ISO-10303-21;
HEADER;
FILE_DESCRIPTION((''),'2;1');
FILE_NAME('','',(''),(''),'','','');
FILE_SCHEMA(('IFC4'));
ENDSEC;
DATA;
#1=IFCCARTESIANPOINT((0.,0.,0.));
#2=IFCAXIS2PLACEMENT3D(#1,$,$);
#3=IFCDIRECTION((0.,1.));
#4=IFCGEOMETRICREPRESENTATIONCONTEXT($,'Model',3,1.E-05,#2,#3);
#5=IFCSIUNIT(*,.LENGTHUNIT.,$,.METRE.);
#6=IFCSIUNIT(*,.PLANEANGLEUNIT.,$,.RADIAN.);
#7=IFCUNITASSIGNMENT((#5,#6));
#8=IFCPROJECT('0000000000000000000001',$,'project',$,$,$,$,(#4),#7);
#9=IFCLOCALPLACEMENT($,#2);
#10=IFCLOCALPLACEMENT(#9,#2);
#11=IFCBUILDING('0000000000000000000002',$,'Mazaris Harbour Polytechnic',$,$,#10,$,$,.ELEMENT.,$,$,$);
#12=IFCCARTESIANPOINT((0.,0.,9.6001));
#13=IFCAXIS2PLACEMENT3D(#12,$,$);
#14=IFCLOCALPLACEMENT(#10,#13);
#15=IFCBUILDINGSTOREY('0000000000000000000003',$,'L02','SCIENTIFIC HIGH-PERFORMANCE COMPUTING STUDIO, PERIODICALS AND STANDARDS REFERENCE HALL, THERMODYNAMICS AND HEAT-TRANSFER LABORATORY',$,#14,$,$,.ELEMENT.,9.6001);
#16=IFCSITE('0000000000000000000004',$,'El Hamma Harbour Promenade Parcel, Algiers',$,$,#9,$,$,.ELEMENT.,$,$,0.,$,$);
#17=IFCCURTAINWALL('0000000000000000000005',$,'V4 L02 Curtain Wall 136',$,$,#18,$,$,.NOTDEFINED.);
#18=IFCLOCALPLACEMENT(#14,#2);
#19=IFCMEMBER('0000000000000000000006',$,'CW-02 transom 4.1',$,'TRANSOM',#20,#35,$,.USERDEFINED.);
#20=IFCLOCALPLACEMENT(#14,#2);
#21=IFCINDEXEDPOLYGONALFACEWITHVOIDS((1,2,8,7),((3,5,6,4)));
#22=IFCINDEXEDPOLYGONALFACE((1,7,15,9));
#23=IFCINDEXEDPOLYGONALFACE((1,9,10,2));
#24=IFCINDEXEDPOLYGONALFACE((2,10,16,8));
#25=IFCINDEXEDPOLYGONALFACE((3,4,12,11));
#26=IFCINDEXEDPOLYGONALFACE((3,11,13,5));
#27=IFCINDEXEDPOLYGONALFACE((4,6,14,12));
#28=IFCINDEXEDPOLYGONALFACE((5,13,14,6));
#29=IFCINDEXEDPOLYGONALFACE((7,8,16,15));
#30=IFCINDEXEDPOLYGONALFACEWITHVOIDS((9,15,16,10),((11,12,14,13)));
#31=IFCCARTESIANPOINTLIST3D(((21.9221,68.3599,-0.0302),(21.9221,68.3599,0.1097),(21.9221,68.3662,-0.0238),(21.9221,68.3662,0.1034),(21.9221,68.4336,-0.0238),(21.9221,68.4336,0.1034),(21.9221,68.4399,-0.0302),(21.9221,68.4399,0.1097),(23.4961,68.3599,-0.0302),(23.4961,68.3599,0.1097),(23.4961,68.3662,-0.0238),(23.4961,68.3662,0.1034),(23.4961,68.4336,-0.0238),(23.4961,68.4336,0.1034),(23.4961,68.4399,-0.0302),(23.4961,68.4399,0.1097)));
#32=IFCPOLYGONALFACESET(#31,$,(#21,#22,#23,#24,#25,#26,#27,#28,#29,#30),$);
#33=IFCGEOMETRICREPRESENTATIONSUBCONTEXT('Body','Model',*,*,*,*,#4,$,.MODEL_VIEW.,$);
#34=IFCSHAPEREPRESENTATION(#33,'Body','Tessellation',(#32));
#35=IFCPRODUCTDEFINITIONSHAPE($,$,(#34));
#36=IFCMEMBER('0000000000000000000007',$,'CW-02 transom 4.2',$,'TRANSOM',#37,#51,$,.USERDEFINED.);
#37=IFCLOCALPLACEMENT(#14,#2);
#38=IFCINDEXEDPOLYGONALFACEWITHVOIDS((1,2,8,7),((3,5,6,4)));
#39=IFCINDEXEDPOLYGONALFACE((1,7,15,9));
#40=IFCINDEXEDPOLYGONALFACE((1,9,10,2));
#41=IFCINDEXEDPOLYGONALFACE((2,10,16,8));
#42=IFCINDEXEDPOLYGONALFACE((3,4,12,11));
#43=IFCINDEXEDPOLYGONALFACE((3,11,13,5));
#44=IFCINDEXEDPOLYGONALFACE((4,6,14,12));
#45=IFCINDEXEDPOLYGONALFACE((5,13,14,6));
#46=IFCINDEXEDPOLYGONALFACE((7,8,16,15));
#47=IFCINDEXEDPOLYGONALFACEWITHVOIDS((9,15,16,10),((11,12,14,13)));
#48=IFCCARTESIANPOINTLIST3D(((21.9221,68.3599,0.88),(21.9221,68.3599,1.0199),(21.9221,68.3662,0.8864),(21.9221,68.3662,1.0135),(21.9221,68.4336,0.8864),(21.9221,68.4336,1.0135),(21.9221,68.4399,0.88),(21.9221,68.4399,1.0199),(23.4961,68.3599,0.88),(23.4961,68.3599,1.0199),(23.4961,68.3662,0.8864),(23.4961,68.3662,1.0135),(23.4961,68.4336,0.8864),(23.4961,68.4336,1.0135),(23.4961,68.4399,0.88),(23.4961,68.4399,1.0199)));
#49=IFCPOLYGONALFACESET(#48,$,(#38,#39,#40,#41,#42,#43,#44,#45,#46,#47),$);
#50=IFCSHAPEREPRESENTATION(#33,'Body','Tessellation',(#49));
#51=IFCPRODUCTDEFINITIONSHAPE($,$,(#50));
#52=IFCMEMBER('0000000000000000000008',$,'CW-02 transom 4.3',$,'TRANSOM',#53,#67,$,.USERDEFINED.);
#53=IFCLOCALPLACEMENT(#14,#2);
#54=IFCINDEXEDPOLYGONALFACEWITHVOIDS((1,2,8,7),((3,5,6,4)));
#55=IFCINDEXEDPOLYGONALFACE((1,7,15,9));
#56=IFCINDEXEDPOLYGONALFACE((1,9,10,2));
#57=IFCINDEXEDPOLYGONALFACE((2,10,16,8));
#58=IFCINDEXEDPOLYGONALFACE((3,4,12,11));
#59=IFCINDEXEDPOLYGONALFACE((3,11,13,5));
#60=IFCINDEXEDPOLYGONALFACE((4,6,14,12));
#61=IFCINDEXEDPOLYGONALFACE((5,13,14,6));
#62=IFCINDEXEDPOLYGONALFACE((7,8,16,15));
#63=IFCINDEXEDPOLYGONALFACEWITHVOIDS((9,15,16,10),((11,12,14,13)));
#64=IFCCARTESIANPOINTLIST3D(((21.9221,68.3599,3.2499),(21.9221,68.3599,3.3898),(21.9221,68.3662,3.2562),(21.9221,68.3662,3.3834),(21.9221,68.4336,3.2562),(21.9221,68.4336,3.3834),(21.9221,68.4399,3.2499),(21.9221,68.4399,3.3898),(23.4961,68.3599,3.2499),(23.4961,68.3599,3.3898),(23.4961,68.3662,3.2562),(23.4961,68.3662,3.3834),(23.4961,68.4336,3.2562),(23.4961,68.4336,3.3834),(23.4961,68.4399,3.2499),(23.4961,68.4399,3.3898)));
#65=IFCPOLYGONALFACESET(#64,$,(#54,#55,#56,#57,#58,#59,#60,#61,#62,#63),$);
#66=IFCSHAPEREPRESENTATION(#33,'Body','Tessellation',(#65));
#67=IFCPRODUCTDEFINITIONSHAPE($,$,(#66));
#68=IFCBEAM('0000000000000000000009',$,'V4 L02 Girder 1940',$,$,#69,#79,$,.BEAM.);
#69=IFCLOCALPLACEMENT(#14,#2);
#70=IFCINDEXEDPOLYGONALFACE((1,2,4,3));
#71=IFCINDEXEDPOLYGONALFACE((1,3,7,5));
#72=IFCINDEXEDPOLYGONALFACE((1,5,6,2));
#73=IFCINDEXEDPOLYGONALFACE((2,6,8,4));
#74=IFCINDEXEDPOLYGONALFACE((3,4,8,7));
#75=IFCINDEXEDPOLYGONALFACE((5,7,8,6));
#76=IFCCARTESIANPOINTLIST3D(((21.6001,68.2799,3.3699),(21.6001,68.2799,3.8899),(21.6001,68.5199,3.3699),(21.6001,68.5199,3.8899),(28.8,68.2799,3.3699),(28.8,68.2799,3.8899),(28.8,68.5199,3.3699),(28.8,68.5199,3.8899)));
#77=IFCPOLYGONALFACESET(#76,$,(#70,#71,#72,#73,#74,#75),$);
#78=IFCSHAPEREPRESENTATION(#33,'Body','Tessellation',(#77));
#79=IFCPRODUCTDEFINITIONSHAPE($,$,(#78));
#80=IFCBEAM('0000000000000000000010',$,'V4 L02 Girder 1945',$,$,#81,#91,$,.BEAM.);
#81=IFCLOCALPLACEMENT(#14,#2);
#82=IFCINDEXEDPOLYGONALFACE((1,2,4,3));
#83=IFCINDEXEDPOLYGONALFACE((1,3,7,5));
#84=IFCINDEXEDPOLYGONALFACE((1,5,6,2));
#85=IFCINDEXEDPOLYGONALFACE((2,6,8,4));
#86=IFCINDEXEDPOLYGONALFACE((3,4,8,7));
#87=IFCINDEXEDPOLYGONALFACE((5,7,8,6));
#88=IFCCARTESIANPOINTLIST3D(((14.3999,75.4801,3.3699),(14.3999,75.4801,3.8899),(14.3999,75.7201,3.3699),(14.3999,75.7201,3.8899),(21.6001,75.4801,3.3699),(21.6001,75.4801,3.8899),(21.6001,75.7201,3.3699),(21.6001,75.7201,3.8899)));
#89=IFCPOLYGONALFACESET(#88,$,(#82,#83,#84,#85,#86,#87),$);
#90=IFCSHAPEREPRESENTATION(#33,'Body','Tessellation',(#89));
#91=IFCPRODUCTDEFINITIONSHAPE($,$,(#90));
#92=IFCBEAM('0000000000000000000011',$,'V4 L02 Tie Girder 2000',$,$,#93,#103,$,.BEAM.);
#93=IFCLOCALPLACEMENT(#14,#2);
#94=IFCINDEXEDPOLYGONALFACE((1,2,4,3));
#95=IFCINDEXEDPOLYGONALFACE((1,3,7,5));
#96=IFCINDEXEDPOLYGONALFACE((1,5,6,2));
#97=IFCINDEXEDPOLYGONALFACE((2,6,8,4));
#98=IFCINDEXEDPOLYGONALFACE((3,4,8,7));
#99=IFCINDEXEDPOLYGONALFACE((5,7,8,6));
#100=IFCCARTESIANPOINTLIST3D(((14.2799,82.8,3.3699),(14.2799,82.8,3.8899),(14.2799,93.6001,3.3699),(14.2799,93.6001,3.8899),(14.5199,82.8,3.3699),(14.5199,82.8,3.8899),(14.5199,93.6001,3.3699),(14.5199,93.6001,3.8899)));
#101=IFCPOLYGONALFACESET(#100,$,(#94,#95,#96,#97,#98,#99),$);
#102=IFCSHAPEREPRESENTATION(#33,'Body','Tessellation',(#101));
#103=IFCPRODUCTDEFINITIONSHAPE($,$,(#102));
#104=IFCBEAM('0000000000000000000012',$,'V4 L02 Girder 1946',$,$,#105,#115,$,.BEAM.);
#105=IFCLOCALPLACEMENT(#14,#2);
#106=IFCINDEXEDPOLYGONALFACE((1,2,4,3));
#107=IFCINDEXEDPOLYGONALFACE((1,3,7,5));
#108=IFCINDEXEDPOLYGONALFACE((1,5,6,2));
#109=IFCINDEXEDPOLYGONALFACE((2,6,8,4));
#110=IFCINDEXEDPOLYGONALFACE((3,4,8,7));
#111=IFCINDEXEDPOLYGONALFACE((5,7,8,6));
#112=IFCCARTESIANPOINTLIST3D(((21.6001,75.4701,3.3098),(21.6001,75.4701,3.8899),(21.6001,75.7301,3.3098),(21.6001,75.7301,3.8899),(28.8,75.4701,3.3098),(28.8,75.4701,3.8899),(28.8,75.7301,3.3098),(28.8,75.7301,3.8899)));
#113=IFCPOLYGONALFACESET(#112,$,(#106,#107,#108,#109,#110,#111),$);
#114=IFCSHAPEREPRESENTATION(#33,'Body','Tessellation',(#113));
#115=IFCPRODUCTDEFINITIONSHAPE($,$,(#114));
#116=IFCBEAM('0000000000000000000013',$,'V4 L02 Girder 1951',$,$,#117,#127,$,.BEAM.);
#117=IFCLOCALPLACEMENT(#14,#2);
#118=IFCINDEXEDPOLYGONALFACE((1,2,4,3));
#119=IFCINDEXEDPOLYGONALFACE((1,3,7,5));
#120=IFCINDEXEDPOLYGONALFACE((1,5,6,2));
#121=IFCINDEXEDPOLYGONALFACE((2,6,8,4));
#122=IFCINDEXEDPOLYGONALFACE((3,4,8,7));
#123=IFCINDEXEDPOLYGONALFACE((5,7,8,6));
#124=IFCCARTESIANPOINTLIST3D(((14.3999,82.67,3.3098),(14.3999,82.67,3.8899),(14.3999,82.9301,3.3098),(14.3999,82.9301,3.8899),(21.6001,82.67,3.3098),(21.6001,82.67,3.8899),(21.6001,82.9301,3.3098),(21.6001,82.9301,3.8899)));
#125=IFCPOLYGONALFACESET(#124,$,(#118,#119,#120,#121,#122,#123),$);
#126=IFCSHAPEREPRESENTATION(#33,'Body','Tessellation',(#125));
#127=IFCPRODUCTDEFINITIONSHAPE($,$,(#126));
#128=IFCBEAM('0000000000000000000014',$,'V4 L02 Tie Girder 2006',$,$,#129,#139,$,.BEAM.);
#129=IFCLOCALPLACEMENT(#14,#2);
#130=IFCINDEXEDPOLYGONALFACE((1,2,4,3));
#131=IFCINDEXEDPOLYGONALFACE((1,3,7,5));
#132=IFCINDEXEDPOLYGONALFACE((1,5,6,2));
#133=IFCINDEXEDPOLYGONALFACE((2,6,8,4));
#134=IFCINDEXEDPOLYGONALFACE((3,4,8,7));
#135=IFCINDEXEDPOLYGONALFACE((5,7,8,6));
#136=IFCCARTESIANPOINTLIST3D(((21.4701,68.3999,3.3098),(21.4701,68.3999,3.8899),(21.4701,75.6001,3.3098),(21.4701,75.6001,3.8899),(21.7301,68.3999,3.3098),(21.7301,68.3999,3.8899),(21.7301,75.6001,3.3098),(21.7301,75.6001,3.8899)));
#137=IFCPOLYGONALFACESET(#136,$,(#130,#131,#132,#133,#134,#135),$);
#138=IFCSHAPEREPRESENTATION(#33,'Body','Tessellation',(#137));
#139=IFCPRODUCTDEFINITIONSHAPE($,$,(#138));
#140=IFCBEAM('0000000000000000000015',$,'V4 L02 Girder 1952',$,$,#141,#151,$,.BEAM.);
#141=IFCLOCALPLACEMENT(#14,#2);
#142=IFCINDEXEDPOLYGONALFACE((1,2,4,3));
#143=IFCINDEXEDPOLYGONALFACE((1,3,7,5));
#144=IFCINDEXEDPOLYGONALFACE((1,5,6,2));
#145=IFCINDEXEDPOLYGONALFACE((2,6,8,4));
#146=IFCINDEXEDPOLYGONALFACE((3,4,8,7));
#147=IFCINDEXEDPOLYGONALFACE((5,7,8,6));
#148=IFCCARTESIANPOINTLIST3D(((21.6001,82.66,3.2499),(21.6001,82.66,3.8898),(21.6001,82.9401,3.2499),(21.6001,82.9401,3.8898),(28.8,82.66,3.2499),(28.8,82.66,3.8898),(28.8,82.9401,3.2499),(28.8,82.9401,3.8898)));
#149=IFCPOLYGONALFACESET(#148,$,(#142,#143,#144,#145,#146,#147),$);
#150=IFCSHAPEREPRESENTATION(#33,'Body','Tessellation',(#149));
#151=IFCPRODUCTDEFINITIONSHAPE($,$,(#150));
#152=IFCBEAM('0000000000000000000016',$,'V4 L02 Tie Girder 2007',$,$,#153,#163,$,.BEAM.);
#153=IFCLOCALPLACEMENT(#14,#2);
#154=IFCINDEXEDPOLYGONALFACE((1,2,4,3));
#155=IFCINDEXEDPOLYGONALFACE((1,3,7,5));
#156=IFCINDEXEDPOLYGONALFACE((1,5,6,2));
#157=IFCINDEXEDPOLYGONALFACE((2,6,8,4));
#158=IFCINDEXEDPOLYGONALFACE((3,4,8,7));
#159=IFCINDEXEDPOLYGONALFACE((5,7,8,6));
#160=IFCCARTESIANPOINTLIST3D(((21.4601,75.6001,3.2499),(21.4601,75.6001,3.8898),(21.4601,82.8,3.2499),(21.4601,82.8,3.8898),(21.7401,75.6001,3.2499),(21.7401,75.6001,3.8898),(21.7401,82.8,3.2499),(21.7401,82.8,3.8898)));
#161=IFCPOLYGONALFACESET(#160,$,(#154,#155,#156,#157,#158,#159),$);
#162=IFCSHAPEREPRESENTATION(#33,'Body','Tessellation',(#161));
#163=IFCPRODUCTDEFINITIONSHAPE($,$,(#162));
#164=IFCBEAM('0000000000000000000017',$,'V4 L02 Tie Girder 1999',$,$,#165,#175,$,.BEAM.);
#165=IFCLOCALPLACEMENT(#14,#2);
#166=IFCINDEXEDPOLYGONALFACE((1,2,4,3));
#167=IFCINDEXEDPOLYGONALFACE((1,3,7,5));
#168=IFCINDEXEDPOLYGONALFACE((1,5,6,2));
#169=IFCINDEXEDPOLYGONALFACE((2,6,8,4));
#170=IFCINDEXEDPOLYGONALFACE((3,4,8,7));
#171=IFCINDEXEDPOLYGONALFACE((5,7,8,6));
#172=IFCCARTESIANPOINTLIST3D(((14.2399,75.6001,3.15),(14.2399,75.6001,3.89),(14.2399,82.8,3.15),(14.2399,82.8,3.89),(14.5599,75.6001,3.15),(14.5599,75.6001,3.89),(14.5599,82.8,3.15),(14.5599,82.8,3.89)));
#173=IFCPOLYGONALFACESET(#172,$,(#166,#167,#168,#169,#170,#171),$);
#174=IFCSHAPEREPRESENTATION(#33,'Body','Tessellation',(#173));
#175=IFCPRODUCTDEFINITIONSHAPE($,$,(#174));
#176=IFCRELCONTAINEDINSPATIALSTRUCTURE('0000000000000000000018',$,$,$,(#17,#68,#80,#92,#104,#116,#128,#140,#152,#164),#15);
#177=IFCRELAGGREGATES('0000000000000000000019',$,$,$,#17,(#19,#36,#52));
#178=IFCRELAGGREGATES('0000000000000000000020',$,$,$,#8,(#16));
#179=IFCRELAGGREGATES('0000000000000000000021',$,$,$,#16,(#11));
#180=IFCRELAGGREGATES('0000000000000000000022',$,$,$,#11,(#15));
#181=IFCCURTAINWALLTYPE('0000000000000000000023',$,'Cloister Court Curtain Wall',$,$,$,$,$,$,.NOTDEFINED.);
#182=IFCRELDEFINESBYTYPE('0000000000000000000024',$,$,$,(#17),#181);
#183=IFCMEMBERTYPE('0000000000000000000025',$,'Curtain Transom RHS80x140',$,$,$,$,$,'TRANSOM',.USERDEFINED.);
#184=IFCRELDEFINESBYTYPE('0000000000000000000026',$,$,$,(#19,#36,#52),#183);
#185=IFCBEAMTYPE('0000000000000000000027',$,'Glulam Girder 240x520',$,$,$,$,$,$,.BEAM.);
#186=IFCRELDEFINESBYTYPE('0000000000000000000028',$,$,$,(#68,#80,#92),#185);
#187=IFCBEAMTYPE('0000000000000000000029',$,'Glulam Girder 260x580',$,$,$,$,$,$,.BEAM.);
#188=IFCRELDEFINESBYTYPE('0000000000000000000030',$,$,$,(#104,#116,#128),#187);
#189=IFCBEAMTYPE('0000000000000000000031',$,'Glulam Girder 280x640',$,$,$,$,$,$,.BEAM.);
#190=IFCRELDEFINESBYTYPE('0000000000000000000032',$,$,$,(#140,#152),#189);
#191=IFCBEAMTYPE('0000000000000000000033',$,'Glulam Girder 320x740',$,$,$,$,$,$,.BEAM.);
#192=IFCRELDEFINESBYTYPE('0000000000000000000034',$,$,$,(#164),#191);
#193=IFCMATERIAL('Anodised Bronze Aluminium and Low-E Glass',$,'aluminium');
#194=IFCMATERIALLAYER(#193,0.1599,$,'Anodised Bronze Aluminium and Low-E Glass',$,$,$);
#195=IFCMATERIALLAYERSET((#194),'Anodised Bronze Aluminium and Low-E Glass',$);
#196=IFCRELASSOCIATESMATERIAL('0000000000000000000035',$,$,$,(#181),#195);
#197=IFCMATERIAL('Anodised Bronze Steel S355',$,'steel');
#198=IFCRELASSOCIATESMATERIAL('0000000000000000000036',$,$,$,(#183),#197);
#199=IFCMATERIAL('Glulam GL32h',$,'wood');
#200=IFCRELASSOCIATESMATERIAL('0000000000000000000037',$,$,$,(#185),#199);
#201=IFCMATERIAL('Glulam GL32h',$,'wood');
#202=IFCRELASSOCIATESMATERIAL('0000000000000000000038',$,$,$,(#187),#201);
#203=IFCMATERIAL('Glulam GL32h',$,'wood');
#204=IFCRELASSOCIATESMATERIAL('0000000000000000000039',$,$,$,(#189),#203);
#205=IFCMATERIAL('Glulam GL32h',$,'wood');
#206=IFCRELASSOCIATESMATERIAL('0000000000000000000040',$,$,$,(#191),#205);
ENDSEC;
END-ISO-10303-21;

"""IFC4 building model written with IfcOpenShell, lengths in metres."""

from ifc_helpers import new_model, si_unit, direction, frame, origin, origin_2d, place, context, subcontext, project, spatial, rectangle, hollow_rectangle, extrude, material, layer, layer_set, material_profile, profile_set, type_object, element, aggregate, save


model = new_model("IFC4")

# Units and contexts
model_context = context("Model", 3, precision=1e-05, world=origin(), true_north=direction((0.0, 1.0)))
body_context = subcontext(model_context, "Body", "Model", "MODEL_VIEW")
ifc_project = project(units=[si_unit("LENGTHUNIT", "METRE"), si_unit("PLANEANGLEUNIT", "RADIAN")], contexts=[model_context])

# Site, building, storey
site_placement = place(None, origin())
site = spatial("IfcSite", under=ifc_project, at=site_placement, Name="El Hamma Harbour Promenade Parcel, Algiers", CompositionType="ELEMENT", RefElevation=0.0)
building_placement = place(site_placement, origin())
building = spatial("IfcBuilding", under=site, at=building_placement, Name="Mazaris Harbour Polytechnic", CompositionType="ELEMENT")
storey_placement = place(building_placement, frame((0.0, 0.0, 9.6001)))
storey = spatial("IfcBuildingStorey", under=building, at=storey_placement, Name="L02", Description="SCIENTIFIC HIGH-PERFORMANCE COMPUTING STUDIO, PERIODICALS AND STANDARDS REFERENCE HALL, THERMODYNAMICS AND HEAT-TRANSFER LABORATORY", CompositionType="ELEMENT", Elevation=9.6001)

# Shared definitions
ifc_material_1 = material(Name="Anodised Bronze Aluminium and Low-E Glass", Category="aluminium")
ifc_layer_1 = layer(ifc_material_1, 0.1599, Name="Anodised Bronze Aluminium and Low-E Glass")
ifc_layer_set_1 = layer_set([ifc_layer_1], Name="Anodised Bronze Aluminium and Low-E Glass")
curtain_wall_type = type_object("IfcCurtainWallType", Name="Cloister Court Curtain Wall", PredefinedType="NOTDEFINED", material=ifc_layer_set_1)

# Curtain wall
curtain_wall_1_placement = place(storey_placement, origin())
curtain_wall_1 = element("IfcCurtainWall", 1, at=curtain_wall_1_placement, inside=storey, type_object=curtain_wall_type, Name="V4 L02 Curtain Wall 136", PredefinedType="NOTDEFINED")

# Members
ifc_material_2 = material(Name="Anodised Bronze Steel S355", Category="steel")
ifc_material_profile_1 = material_profile(ifc_material_2, hollow_rectangle(XDim=0.0801, YDim=0.1399, WallThickness=0.0063, at=origin_2d()), Name="RHS 80x140x6.3")
ifc_profile_set_1 = profile_set([ifc_material_profile_1], Name="Anodised Bronze Steel S355")
member_type_1 = type_object("IfcMemberType", Name="Curtain Transom RHS80x140", ElementType="TRANSOM", PredefinedType="USERDEFINED", material=ifc_profile_set_1)
member_1_placement = place(storey_placement, frame((23.4961, 68.3999, 0.0398), z_axis=(-1.0, 0.0, 0.0), x_axis=(0.0, -1.0, 0.0)))
member_1 = element("IfcMember", 2, at=member_1_placement, type_object=member_type_1, Name="CW-02 transom 4.1", ObjectType="TRANSOM", PredefinedType="USERDEFINED", context=body_context, shape_type="SweptSolid", body=[
    extrude(hollow_rectangle(XDim=0.0801, YDim=0.1399, WallThickness=0.0063, at=origin_2d()), origin(), (0.0, 0.0, 1.0), 1.574),
])
member_2_placement = place(storey_placement, frame((23.4961, 68.3999, 0.95), z_axis=(-1.0, 0.0, 0.0), x_axis=(0.0, -1.0, 0.0)))
member_2 = element("IfcMember", 3, at=member_2_placement, type_object=member_type_1, Name="CW-02 transom 4.2", ObjectType="TRANSOM", PredefinedType="USERDEFINED", context=body_context, shape_type="SweptSolid", body=[
    extrude(hollow_rectangle(XDim=0.0801, YDim=0.1399, WallThickness=0.0063, at=origin_2d()), origin(), (0.0, 0.0, 1.0), 1.574),
])
member_3_placement = place(storey_placement, frame((23.4961, 68.3999, 3.3198), z_axis=(-1.0, 0.0, 0.0), x_axis=(0.0, -1.0, 0.0)))
member_3 = element("IfcMember", 4, at=member_3_placement, type_object=member_type_1, Name="CW-02 transom 4.3", ObjectType="TRANSOM", PredefinedType="USERDEFINED", context=body_context, shape_type="SweptSolid", body=[
    extrude(hollow_rectangle(XDim=0.0801, YDim=0.1399, WallThickness=0.0063, at=origin_2d()), origin(), (0.0, 0.0, 1.0), 1.574),
])

# Beams
ifc_material_3 = material(Name="Glulam GL32h", Category="wood")
ifc_material_profile_2 = material_profile(ifc_material_3, rectangle(XDim=0.24, YDim=0.52, at=origin_2d()), Name="RECT240x520")
ifc_profile_set_2 = profile_set([ifc_material_profile_2], Name="Glulam GL32h")
beam_type_1 = type_object("IfcBeamType", Name="Glulam Girder 240x520", PredefinedType="BEAM", material=ifc_profile_set_2)
beam_1_placement = place(storey_placement, frame((21.6001, 68.3999, 3.6299), z_axis=(1.0, 0.0, 0.0), x_axis=(0.0, 1.0, 0.0)))
element("IfcBeam", 5, at=beam_1_placement, inside=storey, type_object=beam_type_1, Name="V4 L02 Girder 1940", PredefinedType="BEAM", context=body_context, shape_type="SweptSolid", body=[
    extrude(rectangle(XDim=0.24, YDim=0.52, at=origin_2d()), origin(), (0.0, 0.0, 1.0), 7.2),
])
beam_2_placement = place(storey_placement, frame((14.3999, 75.6001, 3.6299), z_axis=(1.0, 0.0, 0.0), x_axis=(0.0, 1.0, 0.0)))
element("IfcBeam", 6, at=beam_2_placement, inside=storey, type_object=beam_type_1, Name="V4 L02 Girder 1945", PredefinedType="BEAM", context=body_context, shape_type="SweptSolid", body=[
    extrude(rectangle(XDim=0.24, YDim=0.52, at=origin_2d()), origin(), (0.0, 0.0, 1.0), 7.2002),
])
beam_3_placement = place(storey_placement, frame((14.3999, 82.8, 3.6299), z_axis=(0.0, 1.0, 0.0), x_axis=(-1.0, 0.0, 0.0)))
element("IfcBeam", 7, at=beam_3_placement, inside=storey, type_object=beam_type_1, Name="V4 L02 Tie Girder 2000", PredefinedType="BEAM", context=body_context, shape_type="SweptSolid", body=[
    extrude(rectangle(XDim=0.24, YDim=0.52, at=origin_2d()), origin(), (0.0, 0.0, 1.0), 10.8),
])
ifc_material_4 = material(Name="Glulam GL32h", Category="wood")
ifc_material_profile_3 = material_profile(ifc_material_4, rectangle(XDim=0.26, YDim=0.5801, at=origin_2d()), Name="RECT260x580")
ifc_profile_set_3 = profile_set([ifc_material_profile_3], Name="Glulam GL32h")
beam_type_2 = type_object("IfcBeamType", Name="Glulam Girder 260x580", PredefinedType="BEAM", material=ifc_profile_set_3)
beam_4_placement = place(storey_placement, frame((21.6001, 75.6001, 3.5999), z_axis=(1.0, 0.0, 0.0), x_axis=(0.0, 1.0, 0.0)))
element("IfcBeam", 8, at=beam_4_placement, inside=storey, type_object=beam_type_2, Name="V4 L02 Girder 1946", PredefinedType="BEAM", context=body_context, shape_type="SweptSolid", body=[
    extrude(rectangle(XDim=0.26, YDim=0.5801, at=origin_2d()), origin(), (0.0, 0.0, 1.0), 7.2),
])
for number, where, z_axis, x_axis, name in (
    (9, (14.3999, 82.8, 3.5999), (1.0, 0.0, 0.0), (0.0, 1.0, 0.0), "V4 L02 Girder 1951"),
    (10, (21.6001, 68.3999, 3.5999), (0.0, 1.0, 0.0), (-1.0, 0.0, 0.0), "V4 L02 Tie Girder 2006"),
):
    element("IfcBeam", number, at=place(storey_placement, frame(where, z_axis=z_axis, x_axis=x_axis)), inside=storey, type_object=beam_type_2, Name=name, PredefinedType="BEAM", context=body_context, shape_type="SweptSolid", body=[
        extrude(rectangle(XDim=0.26, YDim=0.5801, at=origin_2d()), origin(), (0.0, 0.0, 1.0), 7.2002),
    ])
ifc_material_5 = material(Name="Glulam GL32h", Category="wood")
ifc_material_profile_4 = material_profile(ifc_material_5, rectangle(XDim=0.28, YDim=0.6399, at=origin_2d()), Name="RECT280x640")
ifc_profile_set_4 = profile_set([ifc_material_profile_4], Name="Glulam GL32h")
beam_type_3 = type_object("IfcBeamType", Name="Glulam Girder 280x640", PredefinedType="BEAM", material=ifc_profile_set_4)
for number, where, z_axis, x_axis, name in (
    (11, (21.6001, 82.8, 3.5698), (1.0, 0.0, 0.0), (0.0, 1.0, 0.0), "V4 L02 Girder 1952"),
    (12, (21.6001, 75.6001, 3.5698), (0.0, 1.0, 0.0), (-1.0, 0.0, 0.0), "V4 L02 Tie Girder 2007"),
):
    element("IfcBeam", number, at=place(storey_placement, frame(where, z_axis=z_axis, x_axis=x_axis)), inside=storey, type_object=beam_type_3, Name=name, PredefinedType="BEAM", context=body_context, shape_type="SweptSolid", body=[
        extrude(rectangle(XDim=0.28, YDim=0.6399, at=origin_2d()), origin(), (0.0, 0.0, 1.0), 7.2),
    ])
ifc_material_6 = material(Name="Glulam GL32h", Category="wood")
ifc_material_profile_5 = material_profile(ifc_material_6, rectangle(XDim=0.3201, YDim=0.74, at=origin_2d()), Name="RECT320x740")
ifc_profile_set_5 = profile_set([ifc_material_profile_5], Name="Glulam GL32h")
beam_type_4 = type_object("IfcBeamType", Name="Glulam Girder 320x740", PredefinedType="BEAM", material=ifc_profile_set_5)
beam_5_placement = place(storey_placement, frame((14.3999, 75.6001, 3.52), z_axis=(0.0, 1.0, 0.0), x_axis=(-1.0, 0.0, 0.0)))
element("IfcBeam", 13, at=beam_5_placement, inside=storey, type_object=beam_type_4, Name="V4 L02 Tie Girder 1999", PredefinedType="BEAM", context=body_context, shape_type="SweptSolid", body=[
    extrude(rectangle(XDim=0.3201, YDim=0.74, at=origin_2d()), origin(), (0.0, 0.0, 1.0), 7.2),
])

aggregate(curtain_wall_1, [member_1, member_2, member_3])

save(model, "model.ifc")
